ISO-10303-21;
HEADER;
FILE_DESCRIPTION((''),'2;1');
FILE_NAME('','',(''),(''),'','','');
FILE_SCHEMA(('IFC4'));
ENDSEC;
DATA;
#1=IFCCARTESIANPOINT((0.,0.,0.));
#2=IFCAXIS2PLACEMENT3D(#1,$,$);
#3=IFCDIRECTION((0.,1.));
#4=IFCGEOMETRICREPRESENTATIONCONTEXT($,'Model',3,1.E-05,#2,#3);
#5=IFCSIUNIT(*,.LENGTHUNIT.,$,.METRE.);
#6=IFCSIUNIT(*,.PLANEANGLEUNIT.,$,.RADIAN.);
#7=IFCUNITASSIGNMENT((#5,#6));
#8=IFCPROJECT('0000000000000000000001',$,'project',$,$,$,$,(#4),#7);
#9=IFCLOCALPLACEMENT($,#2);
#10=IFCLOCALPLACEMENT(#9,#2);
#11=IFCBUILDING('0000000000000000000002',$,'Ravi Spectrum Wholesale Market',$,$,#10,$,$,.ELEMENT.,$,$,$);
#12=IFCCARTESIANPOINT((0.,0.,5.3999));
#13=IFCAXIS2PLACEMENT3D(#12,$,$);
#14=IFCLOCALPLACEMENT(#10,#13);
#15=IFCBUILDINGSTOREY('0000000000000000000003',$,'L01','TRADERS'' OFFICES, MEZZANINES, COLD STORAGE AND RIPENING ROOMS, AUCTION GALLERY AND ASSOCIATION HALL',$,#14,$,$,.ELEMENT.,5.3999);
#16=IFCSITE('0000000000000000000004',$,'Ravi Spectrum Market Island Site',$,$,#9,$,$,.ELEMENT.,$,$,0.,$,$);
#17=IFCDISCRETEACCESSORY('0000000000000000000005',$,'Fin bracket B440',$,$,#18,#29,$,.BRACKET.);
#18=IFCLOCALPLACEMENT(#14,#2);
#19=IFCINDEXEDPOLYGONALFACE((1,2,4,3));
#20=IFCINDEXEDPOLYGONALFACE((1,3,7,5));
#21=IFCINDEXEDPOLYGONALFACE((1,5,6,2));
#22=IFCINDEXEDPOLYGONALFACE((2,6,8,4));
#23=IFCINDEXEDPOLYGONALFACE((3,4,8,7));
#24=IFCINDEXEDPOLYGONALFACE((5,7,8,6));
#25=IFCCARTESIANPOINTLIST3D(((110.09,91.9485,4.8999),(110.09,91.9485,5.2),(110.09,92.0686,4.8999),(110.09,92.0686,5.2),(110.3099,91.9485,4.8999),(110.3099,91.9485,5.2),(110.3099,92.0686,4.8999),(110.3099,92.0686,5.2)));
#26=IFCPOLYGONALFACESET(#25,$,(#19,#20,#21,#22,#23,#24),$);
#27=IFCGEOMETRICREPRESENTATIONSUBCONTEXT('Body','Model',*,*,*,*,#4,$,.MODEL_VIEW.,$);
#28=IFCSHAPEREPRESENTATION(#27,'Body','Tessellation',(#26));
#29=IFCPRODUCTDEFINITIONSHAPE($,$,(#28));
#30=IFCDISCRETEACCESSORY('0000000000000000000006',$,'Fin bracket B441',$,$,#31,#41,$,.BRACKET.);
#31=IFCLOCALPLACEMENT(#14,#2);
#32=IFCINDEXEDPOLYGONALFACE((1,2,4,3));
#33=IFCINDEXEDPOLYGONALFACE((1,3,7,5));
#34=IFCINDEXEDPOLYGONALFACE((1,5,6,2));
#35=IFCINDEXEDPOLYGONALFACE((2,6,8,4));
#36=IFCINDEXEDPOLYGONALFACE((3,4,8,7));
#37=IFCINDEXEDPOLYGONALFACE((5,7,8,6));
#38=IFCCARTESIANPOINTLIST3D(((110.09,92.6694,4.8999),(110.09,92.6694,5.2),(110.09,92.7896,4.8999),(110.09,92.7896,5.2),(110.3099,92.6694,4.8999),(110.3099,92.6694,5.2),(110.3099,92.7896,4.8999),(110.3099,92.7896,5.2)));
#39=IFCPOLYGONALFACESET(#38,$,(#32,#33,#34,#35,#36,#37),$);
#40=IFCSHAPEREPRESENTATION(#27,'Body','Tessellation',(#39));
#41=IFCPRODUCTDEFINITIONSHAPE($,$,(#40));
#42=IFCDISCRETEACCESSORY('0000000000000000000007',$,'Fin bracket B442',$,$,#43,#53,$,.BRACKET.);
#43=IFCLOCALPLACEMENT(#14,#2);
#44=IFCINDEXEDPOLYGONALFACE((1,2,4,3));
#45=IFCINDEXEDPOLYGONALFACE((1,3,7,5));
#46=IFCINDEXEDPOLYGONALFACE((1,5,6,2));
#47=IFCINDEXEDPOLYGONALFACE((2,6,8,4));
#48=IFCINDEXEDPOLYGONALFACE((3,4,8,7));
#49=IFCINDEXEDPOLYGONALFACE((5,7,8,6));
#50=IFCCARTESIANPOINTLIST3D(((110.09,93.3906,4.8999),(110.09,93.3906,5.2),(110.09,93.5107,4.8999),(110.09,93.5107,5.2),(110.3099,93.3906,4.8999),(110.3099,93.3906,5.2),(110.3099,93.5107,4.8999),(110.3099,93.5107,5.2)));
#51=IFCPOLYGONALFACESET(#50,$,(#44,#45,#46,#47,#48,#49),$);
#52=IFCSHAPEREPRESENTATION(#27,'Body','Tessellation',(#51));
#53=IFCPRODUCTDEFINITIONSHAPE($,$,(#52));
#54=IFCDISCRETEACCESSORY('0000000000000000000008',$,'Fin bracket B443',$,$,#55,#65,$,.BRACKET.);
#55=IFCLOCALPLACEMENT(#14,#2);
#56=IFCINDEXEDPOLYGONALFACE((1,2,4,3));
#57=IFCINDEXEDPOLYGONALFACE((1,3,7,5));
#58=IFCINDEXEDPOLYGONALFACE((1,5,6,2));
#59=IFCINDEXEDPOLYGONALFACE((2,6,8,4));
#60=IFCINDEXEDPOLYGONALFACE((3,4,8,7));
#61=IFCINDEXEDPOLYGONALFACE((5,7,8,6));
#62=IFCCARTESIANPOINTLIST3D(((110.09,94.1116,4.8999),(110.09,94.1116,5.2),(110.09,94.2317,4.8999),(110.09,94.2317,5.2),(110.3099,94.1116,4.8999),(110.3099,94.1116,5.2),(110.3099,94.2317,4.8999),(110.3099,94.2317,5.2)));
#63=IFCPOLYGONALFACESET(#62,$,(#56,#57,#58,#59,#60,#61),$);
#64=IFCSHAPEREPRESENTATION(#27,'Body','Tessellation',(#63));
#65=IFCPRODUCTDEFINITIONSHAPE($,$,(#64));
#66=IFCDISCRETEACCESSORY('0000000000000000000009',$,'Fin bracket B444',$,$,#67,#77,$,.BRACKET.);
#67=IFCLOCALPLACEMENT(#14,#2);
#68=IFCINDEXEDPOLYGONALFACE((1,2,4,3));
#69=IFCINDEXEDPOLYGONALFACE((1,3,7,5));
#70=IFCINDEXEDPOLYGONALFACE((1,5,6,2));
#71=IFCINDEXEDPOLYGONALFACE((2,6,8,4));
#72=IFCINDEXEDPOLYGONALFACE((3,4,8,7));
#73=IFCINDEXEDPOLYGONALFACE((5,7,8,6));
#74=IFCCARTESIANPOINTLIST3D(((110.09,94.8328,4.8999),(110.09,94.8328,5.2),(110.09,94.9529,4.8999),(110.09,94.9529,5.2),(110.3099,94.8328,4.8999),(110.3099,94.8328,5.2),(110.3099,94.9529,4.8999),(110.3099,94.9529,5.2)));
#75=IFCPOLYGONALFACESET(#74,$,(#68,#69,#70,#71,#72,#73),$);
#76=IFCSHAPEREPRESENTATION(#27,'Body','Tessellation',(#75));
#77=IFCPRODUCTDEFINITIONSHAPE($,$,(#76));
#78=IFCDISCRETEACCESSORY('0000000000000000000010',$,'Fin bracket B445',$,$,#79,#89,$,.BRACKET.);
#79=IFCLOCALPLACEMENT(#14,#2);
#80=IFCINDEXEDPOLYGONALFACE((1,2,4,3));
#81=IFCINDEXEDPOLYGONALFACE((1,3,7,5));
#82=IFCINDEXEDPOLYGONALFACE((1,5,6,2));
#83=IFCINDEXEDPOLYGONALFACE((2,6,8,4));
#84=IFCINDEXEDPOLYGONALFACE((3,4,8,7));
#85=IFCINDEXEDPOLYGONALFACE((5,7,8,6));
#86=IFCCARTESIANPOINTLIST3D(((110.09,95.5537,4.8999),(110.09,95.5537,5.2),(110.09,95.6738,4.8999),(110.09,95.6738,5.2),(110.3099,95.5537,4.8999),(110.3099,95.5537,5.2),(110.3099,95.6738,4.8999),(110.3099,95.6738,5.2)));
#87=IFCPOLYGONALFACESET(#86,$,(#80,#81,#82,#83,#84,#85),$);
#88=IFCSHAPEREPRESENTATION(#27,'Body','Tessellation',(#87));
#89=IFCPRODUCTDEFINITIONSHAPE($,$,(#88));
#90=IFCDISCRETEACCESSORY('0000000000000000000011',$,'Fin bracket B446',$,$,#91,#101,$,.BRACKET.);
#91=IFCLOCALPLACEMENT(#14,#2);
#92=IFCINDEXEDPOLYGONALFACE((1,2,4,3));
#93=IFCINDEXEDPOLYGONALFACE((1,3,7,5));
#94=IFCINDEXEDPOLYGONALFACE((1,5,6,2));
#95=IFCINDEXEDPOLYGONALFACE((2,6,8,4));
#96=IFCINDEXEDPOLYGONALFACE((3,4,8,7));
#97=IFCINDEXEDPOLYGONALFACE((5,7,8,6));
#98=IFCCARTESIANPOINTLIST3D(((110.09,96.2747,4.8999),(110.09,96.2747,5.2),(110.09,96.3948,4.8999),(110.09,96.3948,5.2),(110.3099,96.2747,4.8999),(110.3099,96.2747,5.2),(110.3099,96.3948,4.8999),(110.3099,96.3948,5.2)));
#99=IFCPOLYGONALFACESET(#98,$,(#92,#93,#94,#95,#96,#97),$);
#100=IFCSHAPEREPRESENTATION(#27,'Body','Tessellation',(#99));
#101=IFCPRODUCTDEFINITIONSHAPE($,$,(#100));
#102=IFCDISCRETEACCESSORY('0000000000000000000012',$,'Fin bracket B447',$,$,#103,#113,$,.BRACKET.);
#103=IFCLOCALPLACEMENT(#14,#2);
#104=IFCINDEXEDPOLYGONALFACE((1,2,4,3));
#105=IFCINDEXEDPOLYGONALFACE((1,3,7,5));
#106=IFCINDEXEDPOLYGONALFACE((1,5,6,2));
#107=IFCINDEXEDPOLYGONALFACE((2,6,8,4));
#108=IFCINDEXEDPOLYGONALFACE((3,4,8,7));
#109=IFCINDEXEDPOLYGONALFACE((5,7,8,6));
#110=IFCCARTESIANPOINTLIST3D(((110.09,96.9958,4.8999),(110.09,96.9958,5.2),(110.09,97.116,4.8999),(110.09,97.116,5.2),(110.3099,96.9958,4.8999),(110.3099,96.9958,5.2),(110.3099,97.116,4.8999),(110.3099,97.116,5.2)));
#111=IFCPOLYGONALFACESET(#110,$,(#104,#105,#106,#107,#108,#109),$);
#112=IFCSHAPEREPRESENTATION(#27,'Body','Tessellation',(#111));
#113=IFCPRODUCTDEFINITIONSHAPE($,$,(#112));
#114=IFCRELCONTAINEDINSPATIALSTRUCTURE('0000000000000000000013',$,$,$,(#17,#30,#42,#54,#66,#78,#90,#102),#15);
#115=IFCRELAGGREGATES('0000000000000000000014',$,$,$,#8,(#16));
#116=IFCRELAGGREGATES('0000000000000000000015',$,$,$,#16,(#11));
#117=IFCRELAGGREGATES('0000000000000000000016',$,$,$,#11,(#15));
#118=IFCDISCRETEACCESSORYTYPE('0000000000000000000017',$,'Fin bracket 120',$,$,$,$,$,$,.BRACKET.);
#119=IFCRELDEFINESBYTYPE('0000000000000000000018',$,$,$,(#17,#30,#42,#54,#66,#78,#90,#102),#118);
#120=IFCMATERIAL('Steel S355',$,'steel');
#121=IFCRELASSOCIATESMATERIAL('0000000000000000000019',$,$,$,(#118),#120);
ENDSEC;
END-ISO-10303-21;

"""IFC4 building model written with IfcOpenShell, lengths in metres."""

from ifc_helpers import new_model, si_unit, direction, frame, origin, origin_2d, place, context, subcontext, project, spatial, rectangle, extrude, material, type_object, element, save


model = new_model("IFC4")

# Units and contexts
model_context = context("Model", 3, precision=1e-05, world=origin(), true_north=direction((0.0, 1.0)))
body_context = subcontext(model_context, "Body", "Model", "MODEL_VIEW")
ifc_project = project(units=[si_unit("LENGTHUNIT", "METRE"), si_unit("PLANEANGLEUNIT", "RADIAN")], contexts=[model_context])

# Site, building, storey
site_placement = place(None, origin())
site = spatial("IfcSite", under=ifc_project, at=site_placement, Name="Ravi Spectrum Market Island Site", CompositionType="ELEMENT", RefElevation=0.0)
building_placement = place(site_placement, origin())
building = spatial("IfcBuilding", under=site, at=building_placement, Name="Ravi Spectrum Wholesale Market", CompositionType="ELEMENT")
storey_placement = place(building_placement, frame((0.0, 0.0, 5.3999)))
storey = spatial("IfcBuildingStorey", under=building, at=storey_placement, Name="L01", Description="TRADERS' OFFICES, MEZZANINES, COLD STORAGE AND RIPENING ROOMS, AUCTION GALLERY AND ASSOCIATION HALL", CompositionType="ELEMENT", Elevation=5.3999)

# Discrete accessories
ifc_material_1 = material(Name="Steel S355", Category="steel")
discrete_accessory_type = type_object("IfcDiscreteAccessoryType", Name="Fin bracket 120", PredefinedType="BRACKET", material=ifc_material_1)
for number, where, z_axis, x_axis, name in (
    (1, (110.2, 92.0085, 4.8999), (0.0, 0.0, 1.0), (0.0, 1.0, 0.0), "Fin bracket B440"),
    (2, (110.2, 92.7295, 4.8999), (0.0, 0.0, 1.0), (0.0, 1.0, 0.0), "Fin bracket B441"),
    (3, (110.2, 93.4507, 4.8999), (0.0, 0.0, 1.0), (0.0, 1.0, 0.0), "Fin bracket B442"),
    (4, (110.2, 94.1716, 4.8999), (0.0, 0.0, 1.0), (0.0, 1.0, 0.0), "Fin bracket B443"),
    (5, (110.2, 94.8928, 4.8999), (0.0, 0.0, 1.0), (0.0, 1.0, 0.0), "Fin bracket B444"),
    (6, (110.2, 95.6138, 4.8999), (0.0, 0.0, 1.0), (0.0, 1.0, 0.0), "Fin bracket B445"),
    (7, (110.2, 96.3347, 4.8999), (0.0, 0.0, 1.0), (0.0, 1.0, 0.0), "Fin bracket B446"),
    (8, (110.2, 97.0559, 4.8999), (0.0, 0.0, 1.0), (0.0, 1.0, 0.0), "Fin bracket B447"),
):
    element("IfcDiscreteAccessory", number, at=place(storey_placement, frame(where, z_axis=z_axis, x_axis=x_axis)), inside=storey, type_object=discrete_accessory_type, Name=name, PredefinedType="BRACKET", context=body_context, shape_type="SweptSolid", body=[
        extrude(rectangle(XDim=0.1201, YDim=0.22, at=origin_2d()), origin(), (0.0, 0.0, 1.0), 0.3),
    ])

save(model, "model.ifc")
